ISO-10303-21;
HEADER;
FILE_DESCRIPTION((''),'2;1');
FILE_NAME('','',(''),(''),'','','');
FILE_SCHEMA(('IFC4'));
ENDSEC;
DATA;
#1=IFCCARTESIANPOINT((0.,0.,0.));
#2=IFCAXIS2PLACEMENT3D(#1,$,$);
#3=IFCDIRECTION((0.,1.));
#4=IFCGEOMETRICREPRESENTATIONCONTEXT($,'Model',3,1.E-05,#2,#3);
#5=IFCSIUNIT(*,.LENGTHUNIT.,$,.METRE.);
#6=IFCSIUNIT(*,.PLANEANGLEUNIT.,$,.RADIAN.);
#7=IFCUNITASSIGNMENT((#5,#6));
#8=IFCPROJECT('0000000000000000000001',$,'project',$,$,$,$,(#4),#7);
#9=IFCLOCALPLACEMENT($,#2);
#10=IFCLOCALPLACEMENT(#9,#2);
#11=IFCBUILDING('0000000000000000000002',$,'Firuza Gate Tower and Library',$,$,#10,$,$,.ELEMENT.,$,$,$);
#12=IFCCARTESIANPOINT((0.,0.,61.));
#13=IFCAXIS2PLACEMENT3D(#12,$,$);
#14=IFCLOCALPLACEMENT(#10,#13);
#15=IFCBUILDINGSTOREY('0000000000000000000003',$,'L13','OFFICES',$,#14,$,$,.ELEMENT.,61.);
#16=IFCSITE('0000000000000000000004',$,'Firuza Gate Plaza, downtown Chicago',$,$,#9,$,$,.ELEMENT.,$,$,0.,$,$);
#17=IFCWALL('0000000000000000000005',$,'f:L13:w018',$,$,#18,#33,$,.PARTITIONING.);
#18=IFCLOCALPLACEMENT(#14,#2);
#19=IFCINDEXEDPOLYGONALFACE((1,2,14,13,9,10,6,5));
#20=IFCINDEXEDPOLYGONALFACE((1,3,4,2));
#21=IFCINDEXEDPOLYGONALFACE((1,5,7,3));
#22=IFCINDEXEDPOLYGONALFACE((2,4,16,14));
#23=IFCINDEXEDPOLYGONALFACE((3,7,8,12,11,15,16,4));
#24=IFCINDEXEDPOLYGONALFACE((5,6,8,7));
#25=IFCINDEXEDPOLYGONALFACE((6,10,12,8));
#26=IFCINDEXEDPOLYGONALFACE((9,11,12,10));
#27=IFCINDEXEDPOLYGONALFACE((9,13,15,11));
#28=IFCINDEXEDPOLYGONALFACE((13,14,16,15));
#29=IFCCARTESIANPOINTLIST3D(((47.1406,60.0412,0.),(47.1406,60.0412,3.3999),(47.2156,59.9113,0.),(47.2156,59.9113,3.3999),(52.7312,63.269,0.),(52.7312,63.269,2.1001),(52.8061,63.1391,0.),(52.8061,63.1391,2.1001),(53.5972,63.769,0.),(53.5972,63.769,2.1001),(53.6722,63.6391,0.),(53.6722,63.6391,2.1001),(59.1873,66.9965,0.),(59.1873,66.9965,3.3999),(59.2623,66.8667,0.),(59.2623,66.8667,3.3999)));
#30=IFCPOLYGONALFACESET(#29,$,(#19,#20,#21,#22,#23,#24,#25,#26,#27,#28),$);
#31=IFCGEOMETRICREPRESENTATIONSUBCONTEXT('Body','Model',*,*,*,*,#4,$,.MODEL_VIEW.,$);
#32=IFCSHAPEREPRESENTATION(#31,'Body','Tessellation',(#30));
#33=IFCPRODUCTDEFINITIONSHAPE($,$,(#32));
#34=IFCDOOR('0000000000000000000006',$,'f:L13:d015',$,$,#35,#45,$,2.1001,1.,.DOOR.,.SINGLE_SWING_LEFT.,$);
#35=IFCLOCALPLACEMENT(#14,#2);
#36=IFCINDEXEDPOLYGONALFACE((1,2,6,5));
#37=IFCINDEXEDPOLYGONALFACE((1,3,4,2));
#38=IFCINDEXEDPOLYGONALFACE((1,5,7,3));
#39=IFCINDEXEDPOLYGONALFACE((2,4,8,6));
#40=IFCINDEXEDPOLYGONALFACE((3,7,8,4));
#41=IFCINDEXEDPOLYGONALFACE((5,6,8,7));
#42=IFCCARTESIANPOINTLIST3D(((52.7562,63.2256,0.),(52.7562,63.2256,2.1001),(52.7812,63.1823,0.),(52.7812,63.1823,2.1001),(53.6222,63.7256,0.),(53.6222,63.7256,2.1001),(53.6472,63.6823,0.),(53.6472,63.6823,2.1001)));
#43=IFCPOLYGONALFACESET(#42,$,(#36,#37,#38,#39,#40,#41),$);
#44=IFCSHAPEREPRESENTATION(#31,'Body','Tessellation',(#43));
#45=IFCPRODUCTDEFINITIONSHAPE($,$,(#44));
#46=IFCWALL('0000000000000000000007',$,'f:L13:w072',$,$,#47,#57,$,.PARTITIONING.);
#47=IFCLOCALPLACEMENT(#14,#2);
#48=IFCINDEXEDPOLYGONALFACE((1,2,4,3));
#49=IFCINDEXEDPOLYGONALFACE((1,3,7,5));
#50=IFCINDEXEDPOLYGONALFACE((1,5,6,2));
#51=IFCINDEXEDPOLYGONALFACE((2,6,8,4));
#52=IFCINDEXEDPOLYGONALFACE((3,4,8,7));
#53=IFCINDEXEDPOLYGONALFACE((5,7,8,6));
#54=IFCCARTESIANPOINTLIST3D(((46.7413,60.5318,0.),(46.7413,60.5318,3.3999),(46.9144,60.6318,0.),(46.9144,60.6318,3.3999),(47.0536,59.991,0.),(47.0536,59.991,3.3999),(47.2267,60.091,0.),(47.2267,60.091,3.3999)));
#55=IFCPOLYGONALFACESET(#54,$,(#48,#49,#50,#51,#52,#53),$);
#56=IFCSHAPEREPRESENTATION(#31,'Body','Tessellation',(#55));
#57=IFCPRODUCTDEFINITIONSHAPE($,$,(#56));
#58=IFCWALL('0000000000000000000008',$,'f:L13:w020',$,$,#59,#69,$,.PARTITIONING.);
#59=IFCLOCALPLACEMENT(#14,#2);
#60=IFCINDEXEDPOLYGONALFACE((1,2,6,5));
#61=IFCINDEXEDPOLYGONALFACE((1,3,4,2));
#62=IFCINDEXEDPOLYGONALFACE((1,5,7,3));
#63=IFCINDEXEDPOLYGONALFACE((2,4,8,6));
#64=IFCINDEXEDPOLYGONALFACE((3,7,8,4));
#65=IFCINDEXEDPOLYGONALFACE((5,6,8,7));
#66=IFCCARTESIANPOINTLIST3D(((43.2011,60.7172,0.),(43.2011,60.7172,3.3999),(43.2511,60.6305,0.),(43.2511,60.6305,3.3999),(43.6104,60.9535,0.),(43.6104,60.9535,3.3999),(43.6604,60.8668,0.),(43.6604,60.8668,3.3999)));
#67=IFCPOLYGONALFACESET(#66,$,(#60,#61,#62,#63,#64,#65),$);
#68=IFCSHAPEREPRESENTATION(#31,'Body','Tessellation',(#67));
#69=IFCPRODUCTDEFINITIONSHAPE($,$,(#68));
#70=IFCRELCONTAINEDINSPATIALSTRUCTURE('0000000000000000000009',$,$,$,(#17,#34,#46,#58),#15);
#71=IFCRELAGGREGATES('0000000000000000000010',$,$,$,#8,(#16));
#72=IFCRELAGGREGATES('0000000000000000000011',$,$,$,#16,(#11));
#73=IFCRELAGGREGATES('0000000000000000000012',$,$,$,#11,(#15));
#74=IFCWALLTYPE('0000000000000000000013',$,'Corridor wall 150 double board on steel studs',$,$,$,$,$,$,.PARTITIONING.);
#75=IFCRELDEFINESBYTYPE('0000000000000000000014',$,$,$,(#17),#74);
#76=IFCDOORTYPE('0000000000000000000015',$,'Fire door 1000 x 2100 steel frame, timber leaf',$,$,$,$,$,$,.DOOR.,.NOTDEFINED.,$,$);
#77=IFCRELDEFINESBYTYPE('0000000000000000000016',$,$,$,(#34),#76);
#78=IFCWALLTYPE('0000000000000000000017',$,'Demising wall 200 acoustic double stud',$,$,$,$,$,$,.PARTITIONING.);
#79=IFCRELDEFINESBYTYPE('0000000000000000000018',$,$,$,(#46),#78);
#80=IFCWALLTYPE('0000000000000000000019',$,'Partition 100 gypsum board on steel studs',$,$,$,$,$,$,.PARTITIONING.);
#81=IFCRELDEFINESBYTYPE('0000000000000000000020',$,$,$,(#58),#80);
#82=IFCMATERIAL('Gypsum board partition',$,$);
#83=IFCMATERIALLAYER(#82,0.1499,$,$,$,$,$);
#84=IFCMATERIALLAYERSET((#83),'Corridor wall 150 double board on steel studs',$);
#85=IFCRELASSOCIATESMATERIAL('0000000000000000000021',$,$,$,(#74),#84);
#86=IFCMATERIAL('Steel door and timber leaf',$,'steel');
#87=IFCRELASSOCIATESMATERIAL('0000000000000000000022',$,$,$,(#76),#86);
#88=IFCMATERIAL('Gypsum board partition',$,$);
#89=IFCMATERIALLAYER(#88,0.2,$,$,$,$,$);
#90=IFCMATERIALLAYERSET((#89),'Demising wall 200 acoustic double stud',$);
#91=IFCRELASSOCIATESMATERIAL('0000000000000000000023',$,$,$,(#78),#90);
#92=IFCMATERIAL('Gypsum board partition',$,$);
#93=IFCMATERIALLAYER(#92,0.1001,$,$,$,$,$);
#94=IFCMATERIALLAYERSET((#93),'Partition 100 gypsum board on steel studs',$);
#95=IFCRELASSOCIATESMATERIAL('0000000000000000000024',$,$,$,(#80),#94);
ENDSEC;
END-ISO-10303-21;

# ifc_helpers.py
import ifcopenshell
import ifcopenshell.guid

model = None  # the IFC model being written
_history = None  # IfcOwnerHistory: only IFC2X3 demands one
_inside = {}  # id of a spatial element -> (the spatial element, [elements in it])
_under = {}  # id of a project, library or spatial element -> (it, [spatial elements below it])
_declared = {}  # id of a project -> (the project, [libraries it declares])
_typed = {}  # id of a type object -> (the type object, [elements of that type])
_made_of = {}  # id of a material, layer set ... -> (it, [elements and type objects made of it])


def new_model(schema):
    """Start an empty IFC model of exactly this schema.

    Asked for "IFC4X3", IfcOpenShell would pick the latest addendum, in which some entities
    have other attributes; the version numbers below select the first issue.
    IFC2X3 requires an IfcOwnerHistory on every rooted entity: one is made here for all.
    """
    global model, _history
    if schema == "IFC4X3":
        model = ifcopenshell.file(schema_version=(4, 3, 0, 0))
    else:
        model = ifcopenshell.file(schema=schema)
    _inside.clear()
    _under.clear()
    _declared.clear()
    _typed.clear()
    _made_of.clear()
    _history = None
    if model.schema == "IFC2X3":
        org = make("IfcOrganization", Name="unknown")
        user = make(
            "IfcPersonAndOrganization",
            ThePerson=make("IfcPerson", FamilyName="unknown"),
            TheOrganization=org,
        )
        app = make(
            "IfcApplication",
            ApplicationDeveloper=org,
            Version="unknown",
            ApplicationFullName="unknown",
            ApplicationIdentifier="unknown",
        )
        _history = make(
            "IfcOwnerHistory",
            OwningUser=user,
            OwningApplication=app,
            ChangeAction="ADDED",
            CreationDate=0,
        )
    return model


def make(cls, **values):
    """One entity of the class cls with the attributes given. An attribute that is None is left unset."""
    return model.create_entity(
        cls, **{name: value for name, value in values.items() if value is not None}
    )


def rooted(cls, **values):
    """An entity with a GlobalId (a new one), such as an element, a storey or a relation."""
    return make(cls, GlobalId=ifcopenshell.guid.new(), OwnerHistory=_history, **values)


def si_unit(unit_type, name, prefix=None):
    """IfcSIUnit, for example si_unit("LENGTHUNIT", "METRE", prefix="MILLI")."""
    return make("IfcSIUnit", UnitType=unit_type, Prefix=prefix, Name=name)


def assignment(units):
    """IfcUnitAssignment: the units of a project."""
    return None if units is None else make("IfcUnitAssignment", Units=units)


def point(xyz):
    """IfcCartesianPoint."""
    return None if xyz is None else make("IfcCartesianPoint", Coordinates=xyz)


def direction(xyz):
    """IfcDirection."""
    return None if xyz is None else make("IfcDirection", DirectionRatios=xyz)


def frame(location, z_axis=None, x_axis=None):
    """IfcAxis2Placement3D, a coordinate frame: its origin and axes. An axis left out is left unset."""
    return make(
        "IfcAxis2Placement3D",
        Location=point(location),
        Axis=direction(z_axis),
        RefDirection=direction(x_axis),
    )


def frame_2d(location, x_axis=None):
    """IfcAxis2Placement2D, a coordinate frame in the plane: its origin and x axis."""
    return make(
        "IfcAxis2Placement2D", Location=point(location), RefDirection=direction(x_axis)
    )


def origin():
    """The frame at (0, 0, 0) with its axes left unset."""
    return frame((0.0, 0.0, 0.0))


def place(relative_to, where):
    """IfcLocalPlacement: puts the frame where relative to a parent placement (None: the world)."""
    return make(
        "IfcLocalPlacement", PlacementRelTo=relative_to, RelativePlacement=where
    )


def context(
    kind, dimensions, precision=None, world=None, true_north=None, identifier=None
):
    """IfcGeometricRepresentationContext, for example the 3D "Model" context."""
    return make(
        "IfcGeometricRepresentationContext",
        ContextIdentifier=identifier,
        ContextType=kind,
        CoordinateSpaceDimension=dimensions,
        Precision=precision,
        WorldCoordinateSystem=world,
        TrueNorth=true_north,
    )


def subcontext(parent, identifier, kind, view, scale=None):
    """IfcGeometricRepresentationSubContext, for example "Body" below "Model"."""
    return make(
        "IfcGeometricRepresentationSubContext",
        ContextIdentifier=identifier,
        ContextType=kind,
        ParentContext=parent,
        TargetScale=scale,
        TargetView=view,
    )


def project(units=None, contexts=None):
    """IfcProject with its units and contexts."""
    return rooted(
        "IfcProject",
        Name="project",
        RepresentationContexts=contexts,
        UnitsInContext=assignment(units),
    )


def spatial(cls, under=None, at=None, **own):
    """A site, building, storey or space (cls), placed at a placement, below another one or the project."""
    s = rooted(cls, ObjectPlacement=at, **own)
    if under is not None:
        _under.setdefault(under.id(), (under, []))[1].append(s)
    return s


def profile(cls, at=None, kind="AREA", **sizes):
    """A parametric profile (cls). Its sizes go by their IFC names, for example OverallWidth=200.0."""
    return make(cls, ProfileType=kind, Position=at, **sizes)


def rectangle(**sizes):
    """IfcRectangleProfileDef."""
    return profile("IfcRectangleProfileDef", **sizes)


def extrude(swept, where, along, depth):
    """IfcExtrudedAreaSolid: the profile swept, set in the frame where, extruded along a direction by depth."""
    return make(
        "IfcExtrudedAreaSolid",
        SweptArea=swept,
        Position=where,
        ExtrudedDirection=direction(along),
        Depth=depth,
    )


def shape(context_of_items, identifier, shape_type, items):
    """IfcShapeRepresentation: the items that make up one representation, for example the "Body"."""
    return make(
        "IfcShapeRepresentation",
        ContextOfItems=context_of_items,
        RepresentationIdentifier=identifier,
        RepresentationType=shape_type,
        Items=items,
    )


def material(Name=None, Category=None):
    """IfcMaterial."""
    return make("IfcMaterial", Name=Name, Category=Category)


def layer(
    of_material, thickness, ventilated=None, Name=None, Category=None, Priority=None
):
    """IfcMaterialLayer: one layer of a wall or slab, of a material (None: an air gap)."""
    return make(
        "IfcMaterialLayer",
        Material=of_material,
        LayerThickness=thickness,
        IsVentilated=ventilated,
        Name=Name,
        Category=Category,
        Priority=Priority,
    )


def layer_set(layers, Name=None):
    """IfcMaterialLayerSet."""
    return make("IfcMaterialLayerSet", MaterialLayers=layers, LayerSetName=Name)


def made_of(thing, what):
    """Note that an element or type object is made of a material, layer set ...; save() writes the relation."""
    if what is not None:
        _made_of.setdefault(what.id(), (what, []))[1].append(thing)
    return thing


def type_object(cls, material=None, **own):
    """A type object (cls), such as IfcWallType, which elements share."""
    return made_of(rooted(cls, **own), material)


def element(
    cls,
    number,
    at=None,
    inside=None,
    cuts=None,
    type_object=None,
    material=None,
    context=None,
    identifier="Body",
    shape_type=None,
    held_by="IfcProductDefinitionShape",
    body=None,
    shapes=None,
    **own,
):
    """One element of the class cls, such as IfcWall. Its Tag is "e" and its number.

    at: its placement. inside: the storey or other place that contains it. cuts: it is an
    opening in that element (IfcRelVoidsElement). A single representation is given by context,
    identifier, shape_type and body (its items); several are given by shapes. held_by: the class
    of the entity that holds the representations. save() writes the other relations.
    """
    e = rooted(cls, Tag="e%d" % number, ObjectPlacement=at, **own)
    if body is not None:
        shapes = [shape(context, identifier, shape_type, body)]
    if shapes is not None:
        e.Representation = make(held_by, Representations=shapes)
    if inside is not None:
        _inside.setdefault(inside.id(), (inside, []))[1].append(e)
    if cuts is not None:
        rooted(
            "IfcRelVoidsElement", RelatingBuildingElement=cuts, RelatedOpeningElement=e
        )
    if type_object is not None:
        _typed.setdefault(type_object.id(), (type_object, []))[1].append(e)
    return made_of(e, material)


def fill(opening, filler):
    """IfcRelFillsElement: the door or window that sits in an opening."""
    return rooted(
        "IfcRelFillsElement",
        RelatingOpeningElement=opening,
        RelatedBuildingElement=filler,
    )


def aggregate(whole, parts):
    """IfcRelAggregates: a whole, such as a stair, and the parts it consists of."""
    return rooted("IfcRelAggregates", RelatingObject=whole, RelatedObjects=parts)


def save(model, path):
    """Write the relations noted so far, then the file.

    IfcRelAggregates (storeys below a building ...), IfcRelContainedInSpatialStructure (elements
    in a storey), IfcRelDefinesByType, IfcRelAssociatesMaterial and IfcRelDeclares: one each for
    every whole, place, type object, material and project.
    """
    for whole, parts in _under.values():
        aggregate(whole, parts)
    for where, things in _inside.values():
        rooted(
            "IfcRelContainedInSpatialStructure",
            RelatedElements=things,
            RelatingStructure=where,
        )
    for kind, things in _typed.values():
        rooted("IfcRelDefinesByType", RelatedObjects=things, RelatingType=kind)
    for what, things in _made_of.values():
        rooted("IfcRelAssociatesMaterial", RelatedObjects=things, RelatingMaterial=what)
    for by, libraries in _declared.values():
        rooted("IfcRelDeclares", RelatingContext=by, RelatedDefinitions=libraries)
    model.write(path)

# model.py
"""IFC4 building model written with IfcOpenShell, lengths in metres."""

from ifc_helpers import new_model, si_unit, direction, frame, frame_2d, origin, place, context, subcontext, project, spatial, rectangle, extrude, material, layer, layer_set, type_object, element, fill, save


model = new_model("IFC4")

# Units and contexts
model_context = context("Model", 3, precision=1e-05, world=origin(), true_north=direction((0.0, 1.0)))
body_context = subcontext(model_context, "Body", "Model", "MODEL_VIEW")
ifc_project = project(units=[si_unit("LENGTHUNIT", "METRE"), si_unit("PLANEANGLEUNIT", "RADIAN")], contexts=[model_context])

# Site, building, storey
site_placement = place(None, origin())
site = spatial("IfcSite", under=ifc_project, at=site_placement, Name="Firuza Gate Plaza, downtown Chicago", CompositionType="ELEMENT", RefElevation=0.0)
building_placement = place(site_placement, origin())
building = spatial("IfcBuilding", under=site, at=building_placement, Name="Firuza Gate Tower and Library", CompositionType="ELEMENT")
storey_placement = place(building_placement, frame((0.0, 0.0, 61.0)))
storey = spatial("IfcBuildingStorey", under=building, at=storey_placement, Name="L13", Description="OFFICES", CompositionType="ELEMENT", Elevation=61.0)

# Wall, opening, door
ifc_material_1 = material(Name="Gypsum board partition")
ifc_layer_1 = layer(ifc_material_1, 0.1499)
ifc_layer_set_1 = layer_set([ifc_layer_1], Name="Corridor wall 150 double board on steel studs")
wall_type_1 = type_object("IfcWallType", Name="Corridor wall 150 double board on steel studs", PredefinedType="PARTITIONING", material=ifc_layer_set_1)
wall_1_placement = place(storey_placement, frame((47.1782, 59.9763, 0.0), z_axis=(0.0, 0.0, 1.0), x_axis=(0.866019, 0.500011, 0.0)))
wall_1 = element("IfcWall", 1, at=wall_1_placement, inside=storey, type_object=wall_type_1, Name="f:L13:w018", PredefinedType="PARTITIONING", context=body_context, shape_type="SweptSolid", body=[
    extrude(rectangle(XDim=13.9104, YDim=0.1499, at=frame_2d((6.9551, 0.0))), origin(), (0.0, 0.0, 1.0), 3.3999),
])
opening_placement = place(wall_1_placement, frame((6.4553, 0.0, 0.0)))
opening = element("IfcOpeningElement", 2, at=opening_placement, cuts=wall_1, PredefinedType="OPENING", context=body_context, shape_type="SweptSolid", body=[
    extrude(rectangle(XDim=1.0, YDim=2.1001, at=frame_2d((0.5, 1.05))), frame((0.0, 0.085, 0.0), z_axis=(0.0, -1.0, 0.0), x_axis=(1.0, 0.0, 0.0)), (0.0, 0.0, 1.0), 0.1699),
])
ifc_material_2 = material(Name="Steel door and timber leaf", Category="steel")
door_type = type_object("IfcDoorType", Name="Fire door 1000 x 2100 steel frame, timber leaf", OperationType="NOTDEFINED", PredefinedType="DOOR", material=ifc_material_2)
door_placement = place(opening_placement, origin())
door = element("IfcDoor", 3, at=door_placement, inside=storey, type_object=door_type, Name="f:L13:d015", OperationType="SINGLE_SWING_LEFT", OverallHeight=2.1001, OverallWidth=1.0, PredefinedType="DOOR", context=body_context, shape_type="SweptSolid", body=[
    extrude(rectangle(XDim=1.0, YDim=2.1001, at=frame_2d((0.5, 1.05))), frame((0.0, 0.0249, 0.0), z_axis=(0.0, -1.0, 0.0), x_axis=(1.0, 0.0, 0.0)), (0.0, 0.0, 1.0), 0.05),
])
fill(opening, door)

# Walls
ifc_material_3 = material(Name="Gypsum board partition")
ifc_layer_2 = layer(ifc_material_3, 0.2)
ifc_layer_set_2 = layer_set([ifc_layer_2], Name="Demising wall 200 acoustic double stud")
wall_type_2 = type_object("IfcWallType", Name="Demising wall 200 acoustic double stud", PredefinedType="PARTITIONING", material=ifc_layer_set_2)
wall_2_placement = place(storey_placement, frame((47.1401, 60.041, 0.0), z_axis=(0.0, 0.0, 1.0), x_axis=(-0.50005, 0.865997, 0.0)))
element("IfcWall", 4, at=wall_2_placement, inside=storey, type_object=wall_type_2, Name="f:L13:w072", PredefinedType="PARTITIONING", context=body_context, shape_type="SweptSolid", body=[
    extrude(rectangle(XDim=0.6245, YDim=0.2, at=frame_2d((0.3123, 0.0))), origin(), (0.0, 0.0, 1.0), 3.3999),
])
ifc_material_4 = material(Name="Gypsum board partition")
ifc_layer_3 = layer(ifc_material_4, 0.1001)
ifc_layer_set_3 = layer_set([ifc_layer_3], Name="Partition 100 gypsum board on steel studs")
wall_type_3 = type_object("IfcWallType", Name="Partition 100 gypsum board on steel studs", PredefinedType="PARTITIONING", material=ifc_layer_set_3)
wall_3_placement = place(storey_placement, frame((43.2261, 60.6738, 0.0), z_axis=(0.0, 0.0, 1.0), x_axis=(0.866074, 0.499916, 0.0)))
element("IfcWall", 5, at=wall_3_placement, inside=storey, type_object=wall_type_3, Name="f:L13:w020", PredefinedType="PARTITIONING", context=body_context, shape_type="SweptSolid", body=[
    extrude(rectangle(XDim=0.4727, YDim=0.1001, at=frame_2d((0.2363, 0.0))), origin(), (0.0, 0.0, 1.0), 3.3999),
])

save(model, "model.ifc")
